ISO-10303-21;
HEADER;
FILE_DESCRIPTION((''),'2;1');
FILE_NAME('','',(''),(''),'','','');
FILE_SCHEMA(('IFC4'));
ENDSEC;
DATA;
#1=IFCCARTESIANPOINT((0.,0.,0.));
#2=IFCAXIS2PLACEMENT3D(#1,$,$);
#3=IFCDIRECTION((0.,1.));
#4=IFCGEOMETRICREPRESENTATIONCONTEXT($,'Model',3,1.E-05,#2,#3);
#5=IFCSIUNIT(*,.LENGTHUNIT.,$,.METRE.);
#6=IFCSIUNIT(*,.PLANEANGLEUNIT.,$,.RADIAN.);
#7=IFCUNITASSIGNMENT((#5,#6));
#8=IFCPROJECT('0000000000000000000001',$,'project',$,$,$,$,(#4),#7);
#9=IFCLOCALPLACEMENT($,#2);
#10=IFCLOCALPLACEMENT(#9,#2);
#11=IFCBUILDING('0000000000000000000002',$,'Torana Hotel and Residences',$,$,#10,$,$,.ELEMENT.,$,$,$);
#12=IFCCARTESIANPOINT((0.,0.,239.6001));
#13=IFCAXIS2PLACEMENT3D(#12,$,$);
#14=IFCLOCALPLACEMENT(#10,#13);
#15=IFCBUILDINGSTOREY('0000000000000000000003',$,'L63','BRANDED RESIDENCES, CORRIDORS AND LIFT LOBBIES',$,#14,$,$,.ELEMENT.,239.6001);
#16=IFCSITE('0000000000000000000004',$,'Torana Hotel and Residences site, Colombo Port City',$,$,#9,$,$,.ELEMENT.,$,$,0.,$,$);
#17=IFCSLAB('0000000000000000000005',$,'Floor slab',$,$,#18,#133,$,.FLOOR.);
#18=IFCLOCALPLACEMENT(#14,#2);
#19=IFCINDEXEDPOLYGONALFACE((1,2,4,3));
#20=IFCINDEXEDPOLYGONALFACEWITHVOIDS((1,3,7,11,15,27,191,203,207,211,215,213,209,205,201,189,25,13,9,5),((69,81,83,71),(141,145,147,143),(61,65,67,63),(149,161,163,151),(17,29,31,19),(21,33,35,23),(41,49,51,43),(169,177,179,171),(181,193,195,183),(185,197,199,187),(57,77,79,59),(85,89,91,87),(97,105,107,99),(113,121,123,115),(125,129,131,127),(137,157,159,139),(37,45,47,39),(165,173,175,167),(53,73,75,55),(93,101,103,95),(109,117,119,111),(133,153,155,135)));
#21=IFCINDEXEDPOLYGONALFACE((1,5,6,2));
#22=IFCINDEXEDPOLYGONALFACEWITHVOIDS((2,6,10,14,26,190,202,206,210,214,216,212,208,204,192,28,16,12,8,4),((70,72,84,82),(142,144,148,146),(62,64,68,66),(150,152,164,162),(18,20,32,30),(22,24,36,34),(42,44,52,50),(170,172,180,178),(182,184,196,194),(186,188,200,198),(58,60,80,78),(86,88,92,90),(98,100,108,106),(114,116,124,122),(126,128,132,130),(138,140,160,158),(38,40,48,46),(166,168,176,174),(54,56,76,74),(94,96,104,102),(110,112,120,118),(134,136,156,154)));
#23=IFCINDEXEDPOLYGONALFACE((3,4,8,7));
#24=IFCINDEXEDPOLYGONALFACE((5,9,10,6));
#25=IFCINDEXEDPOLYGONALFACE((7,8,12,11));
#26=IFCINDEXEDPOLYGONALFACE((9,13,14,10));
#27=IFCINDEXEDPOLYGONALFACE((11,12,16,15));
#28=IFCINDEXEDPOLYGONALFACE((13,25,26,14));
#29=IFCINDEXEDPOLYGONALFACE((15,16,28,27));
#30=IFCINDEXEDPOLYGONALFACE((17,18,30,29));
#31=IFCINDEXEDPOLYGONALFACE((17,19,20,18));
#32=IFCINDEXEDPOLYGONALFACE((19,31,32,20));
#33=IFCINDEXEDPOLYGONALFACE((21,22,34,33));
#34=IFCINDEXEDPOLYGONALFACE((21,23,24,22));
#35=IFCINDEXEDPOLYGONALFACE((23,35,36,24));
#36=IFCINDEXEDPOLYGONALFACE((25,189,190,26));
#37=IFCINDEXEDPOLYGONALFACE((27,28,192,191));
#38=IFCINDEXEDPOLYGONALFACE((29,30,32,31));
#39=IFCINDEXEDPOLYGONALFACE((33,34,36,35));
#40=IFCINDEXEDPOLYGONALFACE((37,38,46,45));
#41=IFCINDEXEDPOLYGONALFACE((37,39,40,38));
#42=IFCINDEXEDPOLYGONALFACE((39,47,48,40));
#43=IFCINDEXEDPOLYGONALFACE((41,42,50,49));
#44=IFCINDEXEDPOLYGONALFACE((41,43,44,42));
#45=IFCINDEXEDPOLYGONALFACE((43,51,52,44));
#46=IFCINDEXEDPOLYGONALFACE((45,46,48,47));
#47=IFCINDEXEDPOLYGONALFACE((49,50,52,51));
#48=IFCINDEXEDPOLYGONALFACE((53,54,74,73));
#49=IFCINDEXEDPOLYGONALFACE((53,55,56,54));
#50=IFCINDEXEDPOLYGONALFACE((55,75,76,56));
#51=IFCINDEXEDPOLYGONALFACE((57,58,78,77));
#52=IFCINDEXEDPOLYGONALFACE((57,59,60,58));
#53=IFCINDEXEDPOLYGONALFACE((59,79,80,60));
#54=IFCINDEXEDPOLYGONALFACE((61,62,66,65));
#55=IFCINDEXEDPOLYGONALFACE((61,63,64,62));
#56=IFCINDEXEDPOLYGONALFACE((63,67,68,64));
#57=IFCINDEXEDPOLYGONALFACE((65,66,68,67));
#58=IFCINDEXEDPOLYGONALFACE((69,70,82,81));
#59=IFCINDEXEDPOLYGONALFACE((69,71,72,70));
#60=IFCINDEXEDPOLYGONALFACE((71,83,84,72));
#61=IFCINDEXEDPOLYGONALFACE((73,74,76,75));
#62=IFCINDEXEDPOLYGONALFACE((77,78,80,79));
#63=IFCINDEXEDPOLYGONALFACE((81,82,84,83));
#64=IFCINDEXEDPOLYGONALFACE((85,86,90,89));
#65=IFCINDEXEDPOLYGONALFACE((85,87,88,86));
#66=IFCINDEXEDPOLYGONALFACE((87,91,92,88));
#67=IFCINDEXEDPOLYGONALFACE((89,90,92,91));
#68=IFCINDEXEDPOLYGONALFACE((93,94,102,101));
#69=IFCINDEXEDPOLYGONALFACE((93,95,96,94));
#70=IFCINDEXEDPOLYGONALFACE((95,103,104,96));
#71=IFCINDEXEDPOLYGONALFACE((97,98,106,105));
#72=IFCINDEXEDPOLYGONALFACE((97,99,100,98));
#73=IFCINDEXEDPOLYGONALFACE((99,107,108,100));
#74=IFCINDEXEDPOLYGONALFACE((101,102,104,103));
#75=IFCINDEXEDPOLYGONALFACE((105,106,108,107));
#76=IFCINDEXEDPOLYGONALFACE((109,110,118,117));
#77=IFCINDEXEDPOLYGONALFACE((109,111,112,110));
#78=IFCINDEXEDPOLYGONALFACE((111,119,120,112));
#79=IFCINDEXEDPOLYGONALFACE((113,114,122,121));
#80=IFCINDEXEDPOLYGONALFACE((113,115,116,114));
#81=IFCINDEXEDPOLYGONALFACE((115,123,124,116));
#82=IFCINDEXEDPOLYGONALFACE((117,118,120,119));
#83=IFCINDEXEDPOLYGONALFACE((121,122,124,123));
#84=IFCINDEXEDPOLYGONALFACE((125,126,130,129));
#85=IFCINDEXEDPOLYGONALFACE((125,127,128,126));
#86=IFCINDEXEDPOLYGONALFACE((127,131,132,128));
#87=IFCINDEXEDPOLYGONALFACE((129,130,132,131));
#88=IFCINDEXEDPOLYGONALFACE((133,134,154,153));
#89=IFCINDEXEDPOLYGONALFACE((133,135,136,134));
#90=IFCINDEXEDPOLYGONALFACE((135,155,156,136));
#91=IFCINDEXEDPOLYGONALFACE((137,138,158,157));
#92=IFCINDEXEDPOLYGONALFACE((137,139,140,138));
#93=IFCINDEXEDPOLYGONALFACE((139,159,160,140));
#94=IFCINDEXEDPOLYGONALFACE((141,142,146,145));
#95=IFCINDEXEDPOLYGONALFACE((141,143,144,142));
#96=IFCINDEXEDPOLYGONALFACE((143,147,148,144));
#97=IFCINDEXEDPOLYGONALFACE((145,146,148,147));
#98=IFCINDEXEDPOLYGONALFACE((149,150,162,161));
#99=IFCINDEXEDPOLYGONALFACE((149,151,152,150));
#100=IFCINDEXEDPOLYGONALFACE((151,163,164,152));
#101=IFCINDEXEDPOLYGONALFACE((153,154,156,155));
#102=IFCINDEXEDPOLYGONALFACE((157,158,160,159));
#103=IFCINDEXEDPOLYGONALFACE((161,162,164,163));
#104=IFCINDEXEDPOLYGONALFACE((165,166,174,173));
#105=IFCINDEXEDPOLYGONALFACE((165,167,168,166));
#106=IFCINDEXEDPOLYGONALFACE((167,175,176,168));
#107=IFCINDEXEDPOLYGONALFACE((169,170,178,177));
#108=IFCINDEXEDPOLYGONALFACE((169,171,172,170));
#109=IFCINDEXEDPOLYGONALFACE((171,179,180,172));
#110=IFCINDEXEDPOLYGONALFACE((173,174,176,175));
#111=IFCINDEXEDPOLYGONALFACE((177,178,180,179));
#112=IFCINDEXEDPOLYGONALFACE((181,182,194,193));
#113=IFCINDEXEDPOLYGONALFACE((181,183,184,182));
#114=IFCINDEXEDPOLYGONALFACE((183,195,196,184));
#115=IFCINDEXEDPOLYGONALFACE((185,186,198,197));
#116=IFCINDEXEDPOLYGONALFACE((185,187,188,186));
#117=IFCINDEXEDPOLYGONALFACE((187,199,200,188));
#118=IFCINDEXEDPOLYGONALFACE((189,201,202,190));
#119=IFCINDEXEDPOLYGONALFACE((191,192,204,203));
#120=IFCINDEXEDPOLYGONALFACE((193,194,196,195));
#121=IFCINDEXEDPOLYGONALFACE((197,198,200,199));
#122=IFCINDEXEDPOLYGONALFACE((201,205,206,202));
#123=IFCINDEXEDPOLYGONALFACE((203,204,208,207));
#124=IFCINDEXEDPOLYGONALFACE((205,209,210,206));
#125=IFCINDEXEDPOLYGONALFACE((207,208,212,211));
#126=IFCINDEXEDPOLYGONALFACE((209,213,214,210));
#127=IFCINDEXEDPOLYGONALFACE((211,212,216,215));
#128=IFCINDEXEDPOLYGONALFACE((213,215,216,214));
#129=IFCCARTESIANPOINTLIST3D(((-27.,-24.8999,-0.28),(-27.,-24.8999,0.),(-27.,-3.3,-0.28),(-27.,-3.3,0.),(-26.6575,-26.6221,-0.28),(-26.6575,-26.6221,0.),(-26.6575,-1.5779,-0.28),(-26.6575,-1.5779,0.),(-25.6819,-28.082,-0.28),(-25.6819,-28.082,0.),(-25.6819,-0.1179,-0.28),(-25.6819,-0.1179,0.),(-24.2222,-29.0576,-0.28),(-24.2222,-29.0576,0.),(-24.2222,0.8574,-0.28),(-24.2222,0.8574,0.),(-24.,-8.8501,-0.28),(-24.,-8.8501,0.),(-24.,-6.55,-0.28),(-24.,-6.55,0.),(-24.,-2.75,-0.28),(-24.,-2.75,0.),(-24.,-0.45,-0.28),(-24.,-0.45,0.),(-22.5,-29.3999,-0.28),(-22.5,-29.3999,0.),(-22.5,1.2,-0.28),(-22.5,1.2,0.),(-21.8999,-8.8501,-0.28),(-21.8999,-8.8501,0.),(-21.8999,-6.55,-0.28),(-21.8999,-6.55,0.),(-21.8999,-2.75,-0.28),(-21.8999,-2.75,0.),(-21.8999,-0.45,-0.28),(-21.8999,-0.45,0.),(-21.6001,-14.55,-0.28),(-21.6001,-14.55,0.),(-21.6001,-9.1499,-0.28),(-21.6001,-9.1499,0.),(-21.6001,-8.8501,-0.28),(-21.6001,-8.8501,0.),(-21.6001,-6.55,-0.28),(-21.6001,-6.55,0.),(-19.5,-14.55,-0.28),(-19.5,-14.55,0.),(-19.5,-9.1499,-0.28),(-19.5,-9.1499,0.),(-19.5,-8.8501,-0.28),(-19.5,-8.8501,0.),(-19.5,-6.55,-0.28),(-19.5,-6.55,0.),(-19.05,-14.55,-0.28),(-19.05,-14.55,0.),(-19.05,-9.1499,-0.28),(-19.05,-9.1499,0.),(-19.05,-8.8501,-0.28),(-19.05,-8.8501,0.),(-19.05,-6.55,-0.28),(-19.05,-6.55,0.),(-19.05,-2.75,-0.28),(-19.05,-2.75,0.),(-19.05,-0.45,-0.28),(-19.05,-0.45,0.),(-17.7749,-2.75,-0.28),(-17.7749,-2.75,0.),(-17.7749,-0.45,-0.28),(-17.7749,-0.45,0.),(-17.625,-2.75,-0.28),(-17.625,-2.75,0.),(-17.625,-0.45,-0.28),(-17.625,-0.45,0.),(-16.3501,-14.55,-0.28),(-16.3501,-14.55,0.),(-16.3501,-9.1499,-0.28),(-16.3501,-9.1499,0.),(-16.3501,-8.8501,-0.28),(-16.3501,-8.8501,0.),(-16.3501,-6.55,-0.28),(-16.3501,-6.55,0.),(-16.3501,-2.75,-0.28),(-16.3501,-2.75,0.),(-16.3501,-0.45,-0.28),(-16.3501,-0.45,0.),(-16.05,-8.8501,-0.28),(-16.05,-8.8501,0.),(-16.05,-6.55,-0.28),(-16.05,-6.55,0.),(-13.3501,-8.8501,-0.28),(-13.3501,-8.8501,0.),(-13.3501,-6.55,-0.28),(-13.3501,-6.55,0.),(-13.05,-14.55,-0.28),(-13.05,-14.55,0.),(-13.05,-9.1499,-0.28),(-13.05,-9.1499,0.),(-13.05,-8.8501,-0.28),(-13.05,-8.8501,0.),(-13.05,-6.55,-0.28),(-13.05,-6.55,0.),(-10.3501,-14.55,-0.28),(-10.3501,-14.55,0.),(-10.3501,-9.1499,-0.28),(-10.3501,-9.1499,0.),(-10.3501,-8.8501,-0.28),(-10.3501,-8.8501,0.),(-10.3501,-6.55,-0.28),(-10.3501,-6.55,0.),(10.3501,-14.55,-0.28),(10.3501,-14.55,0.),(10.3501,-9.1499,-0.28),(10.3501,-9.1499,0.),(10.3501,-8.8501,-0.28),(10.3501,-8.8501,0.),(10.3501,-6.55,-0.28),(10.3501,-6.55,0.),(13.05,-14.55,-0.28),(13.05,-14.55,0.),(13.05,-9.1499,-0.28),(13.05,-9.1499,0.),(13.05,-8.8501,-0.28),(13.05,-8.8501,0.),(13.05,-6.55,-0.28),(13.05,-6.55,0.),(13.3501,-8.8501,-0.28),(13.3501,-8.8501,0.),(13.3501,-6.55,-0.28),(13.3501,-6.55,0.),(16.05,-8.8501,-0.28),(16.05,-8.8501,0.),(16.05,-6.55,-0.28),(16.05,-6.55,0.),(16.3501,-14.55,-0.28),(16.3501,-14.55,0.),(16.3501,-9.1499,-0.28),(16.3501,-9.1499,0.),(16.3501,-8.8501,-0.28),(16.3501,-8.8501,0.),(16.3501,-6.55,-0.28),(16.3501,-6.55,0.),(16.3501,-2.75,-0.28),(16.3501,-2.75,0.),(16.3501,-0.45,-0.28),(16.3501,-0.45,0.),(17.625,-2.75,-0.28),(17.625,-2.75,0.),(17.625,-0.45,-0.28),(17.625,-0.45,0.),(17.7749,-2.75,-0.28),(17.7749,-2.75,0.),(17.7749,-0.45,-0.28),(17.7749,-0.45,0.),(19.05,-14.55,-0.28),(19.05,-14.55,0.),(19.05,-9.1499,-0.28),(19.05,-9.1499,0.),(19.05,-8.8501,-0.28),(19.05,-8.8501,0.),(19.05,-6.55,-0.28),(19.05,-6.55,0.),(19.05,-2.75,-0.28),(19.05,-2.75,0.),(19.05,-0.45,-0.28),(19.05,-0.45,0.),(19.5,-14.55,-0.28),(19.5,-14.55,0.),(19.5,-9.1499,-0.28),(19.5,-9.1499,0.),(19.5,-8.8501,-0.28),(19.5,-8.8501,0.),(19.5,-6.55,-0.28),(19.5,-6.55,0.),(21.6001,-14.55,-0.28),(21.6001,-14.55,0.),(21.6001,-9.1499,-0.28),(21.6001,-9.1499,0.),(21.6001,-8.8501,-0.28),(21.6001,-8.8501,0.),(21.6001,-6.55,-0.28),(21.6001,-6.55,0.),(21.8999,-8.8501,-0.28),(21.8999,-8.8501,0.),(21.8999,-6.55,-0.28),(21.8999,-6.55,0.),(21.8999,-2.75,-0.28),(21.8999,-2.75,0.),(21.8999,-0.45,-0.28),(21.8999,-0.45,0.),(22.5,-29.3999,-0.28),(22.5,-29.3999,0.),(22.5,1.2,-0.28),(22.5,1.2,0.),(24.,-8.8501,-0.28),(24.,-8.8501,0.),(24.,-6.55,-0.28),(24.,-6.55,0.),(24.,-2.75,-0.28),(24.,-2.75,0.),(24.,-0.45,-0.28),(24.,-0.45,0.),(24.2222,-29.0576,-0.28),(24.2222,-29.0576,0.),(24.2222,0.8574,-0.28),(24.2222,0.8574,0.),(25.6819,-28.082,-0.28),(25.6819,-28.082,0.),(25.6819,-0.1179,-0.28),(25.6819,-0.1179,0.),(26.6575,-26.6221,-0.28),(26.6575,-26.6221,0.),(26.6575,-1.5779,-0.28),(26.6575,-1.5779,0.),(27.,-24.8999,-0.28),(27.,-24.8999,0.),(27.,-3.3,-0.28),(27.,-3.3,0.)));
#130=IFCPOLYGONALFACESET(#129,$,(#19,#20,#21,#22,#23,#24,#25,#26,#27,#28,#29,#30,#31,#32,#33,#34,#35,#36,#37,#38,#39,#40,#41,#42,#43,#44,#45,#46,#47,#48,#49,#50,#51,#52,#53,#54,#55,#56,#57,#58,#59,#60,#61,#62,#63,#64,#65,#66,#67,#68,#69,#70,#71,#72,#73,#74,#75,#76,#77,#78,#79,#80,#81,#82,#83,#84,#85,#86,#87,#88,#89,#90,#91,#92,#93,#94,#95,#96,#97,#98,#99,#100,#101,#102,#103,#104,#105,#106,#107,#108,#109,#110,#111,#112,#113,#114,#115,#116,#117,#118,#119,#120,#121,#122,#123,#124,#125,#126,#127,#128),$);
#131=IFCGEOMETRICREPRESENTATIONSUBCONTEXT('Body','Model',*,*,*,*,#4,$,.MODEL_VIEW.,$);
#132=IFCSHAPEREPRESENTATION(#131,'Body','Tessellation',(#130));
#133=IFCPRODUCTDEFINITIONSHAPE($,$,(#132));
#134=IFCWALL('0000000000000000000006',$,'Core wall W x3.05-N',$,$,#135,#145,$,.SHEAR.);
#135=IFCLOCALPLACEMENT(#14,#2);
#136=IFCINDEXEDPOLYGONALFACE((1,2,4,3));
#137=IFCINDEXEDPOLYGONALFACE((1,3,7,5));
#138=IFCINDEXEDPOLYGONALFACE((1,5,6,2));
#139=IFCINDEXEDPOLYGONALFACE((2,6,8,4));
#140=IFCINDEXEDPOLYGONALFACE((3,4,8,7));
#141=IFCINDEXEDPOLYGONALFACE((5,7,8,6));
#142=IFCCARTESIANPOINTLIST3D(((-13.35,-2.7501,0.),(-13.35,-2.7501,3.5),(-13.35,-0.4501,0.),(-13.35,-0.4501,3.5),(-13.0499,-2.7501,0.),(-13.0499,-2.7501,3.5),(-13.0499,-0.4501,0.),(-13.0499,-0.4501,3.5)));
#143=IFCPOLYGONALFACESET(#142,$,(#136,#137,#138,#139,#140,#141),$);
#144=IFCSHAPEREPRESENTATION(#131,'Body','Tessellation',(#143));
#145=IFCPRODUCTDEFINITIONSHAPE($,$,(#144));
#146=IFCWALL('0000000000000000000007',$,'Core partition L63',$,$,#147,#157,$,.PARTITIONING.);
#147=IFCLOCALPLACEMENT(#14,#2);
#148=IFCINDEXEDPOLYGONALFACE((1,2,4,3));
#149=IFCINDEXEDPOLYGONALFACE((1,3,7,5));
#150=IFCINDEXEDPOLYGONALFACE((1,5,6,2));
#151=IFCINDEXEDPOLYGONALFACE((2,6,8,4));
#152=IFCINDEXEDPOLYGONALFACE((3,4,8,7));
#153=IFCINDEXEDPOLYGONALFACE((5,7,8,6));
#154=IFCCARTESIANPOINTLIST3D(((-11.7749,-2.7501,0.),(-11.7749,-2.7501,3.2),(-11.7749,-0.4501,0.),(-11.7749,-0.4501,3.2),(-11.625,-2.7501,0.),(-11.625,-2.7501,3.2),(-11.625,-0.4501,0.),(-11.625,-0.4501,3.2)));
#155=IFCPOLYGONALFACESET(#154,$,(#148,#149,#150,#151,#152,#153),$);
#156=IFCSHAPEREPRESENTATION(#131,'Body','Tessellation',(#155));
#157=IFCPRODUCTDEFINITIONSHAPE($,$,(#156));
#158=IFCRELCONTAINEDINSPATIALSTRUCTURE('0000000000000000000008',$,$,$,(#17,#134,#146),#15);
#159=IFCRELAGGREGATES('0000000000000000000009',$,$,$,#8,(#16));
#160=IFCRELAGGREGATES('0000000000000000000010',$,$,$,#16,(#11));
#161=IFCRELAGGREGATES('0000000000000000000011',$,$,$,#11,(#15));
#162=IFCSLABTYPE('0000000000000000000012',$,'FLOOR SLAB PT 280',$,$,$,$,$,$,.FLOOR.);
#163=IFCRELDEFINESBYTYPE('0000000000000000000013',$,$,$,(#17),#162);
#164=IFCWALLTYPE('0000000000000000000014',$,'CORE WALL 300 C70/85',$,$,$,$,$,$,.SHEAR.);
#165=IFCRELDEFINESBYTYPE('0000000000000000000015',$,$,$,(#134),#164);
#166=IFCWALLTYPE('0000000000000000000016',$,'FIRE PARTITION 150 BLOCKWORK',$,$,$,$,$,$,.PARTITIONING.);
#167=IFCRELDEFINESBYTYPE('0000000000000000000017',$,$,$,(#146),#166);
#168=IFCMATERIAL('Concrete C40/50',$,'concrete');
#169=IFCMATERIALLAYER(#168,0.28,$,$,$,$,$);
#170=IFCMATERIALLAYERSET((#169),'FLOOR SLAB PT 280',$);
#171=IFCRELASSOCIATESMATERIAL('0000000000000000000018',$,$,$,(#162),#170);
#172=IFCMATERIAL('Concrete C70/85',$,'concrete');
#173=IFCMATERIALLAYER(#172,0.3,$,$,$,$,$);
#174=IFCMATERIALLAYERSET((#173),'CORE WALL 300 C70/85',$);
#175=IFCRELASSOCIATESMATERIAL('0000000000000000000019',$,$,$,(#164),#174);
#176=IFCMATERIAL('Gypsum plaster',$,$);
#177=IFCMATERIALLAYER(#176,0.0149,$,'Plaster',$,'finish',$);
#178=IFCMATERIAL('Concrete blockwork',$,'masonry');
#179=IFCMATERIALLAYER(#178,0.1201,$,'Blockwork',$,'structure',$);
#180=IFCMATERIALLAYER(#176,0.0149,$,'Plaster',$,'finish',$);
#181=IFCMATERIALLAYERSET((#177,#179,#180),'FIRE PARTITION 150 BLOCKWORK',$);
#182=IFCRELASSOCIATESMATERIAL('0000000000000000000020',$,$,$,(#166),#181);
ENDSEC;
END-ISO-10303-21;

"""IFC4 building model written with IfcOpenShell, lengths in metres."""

from ifc_helpers import new_model, si_unit, direction, frame, frame_2d, origin, place, context, subcontext, project, spatial, polyline, rectangle, outline, extrude, material, layer, layer_set, type_object, element, save


model = new_model("IFC4")

# Units and contexts
model_context = context("Model", 3, precision=1e-05, world=origin(), true_north=direction((0.0, 1.0)))
body_context = subcontext(model_context, "Body", "Model", "MODEL_VIEW")
ifc_project = project(units=[si_unit("LENGTHUNIT", "METRE"), si_unit("PLANEANGLEUNIT", "RADIAN")], contexts=[model_context])

# Site, building, storey
site_placement = place(None, origin())
site = spatial("IfcSite", under=ifc_project, at=site_placement, Name="Torana Hotel and Residences site, Colombo Port City", CompositionType="ELEMENT", RefElevation=0.0)
building_placement = place(site_placement, origin())
building = spatial("IfcBuilding", under=site, at=building_placement, Name="Torana Hotel and Residences", CompositionType="ELEMENT")
storey_placement = place(building_placement, frame((0.0, 0.0, 239.6001)))
storey = spatial("IfcBuildingStorey", under=building, at=storey_placement, Name="L63", Description="BRANDED RESIDENCES, CORRIDORS AND LIFT LOBBIES", CompositionType="ELEMENT", Elevation=239.6001)

# Slab
ifc_material_1 = material(Name="Concrete C40/50", Category="concrete")
ifc_layer_1 = layer(ifc_material_1, 0.28)
ifc_layer_set_1 = layer_set([ifc_layer_1], Name="FLOOR SLAB PT 280")
slab_type_1 = type_object("IfcSlabType", Name="FLOOR SLAB PT 280", PredefinedType="FLOOR", material=ifc_layer_set_1)
slab_1_placement = place(storey_placement, frame((0.0, 0.0, -0.28)))
element("IfcSlab", 1, at=slab_1_placement, inside=storey, type_object=slab_type_1, Name="Floor slab", PredefinedType="FLOOR", context=body_context, shape_type="SweptSolid", body=[
    extrude(outline(polyline([(27.0, -3.3), (26.6575, -1.5779), (25.6819, -0.1179), (24.2222, 0.8574), (22.5, 1.2), (-22.5, 1.2), (-24.2222, 0.8574), (-25.6819, -0.1179), (-26.6575, -1.5779), (-27.0, -3.3), (-27.0, -24.8999), (-26.6575, -26.6221), (-25.6819, -28.082), (-24.2222, -29.0576), (-22.5, -29.3999), (22.5, -29.3999), (24.2222, -29.0576), (25.6819, -28.082), (26.6575, -26.6221), (27.0, -24.8999), (27.0, -3.3)]), holes=[polyline([(-13.05, -14.55), (-10.3501, -14.55), (-10.3501, -9.1499), (-13.05, -9.1499), (-13.05, -14.55)]), polyline([(-19.05, -14.55), (-16.3501, -14.55), (-16.3501, -9.1499), (-19.05, -9.1499), (-19.05, -14.55)]), polyline([(-17.625, -2.75), (-16.3501, -2.75), (-16.3501, -0.45), (-17.625, -0.45), (-17.625, -2.75)]), polyline([(-19.05, -2.75), (-17.7749, -2.75), (-17.7749, -0.45), (-19.05, -0.45), (-19.05, -2.75)]), polyline([(-21.6001, -8.8501), (-19.5, -8.8501), (-19.5, -6.55), (-21.6001, -6.55), (-21.6001, -8.8501)]), polyline([(-24.0, -2.75), (-21.8999, -2.75), (-21.8999, -0.45), (-24.0, -0.45), (-24.0, -2.75)]), polyline([(-24.0, -8.8501), (-21.8999, -8.8501), (-21.8999, -6.55), (-24.0, -6.55), (-24.0, -8.8501)]), polyline([(-13.05, -8.8501), (-10.3501, -8.8501), (-10.3501, -6.55), (-13.05, -6.55), (-13.05, -8.8501)]), polyline([(-16.05, -8.8501), (-13.3501, -8.8501), (-13.3501, -6.55), (-16.05, -6.55), (-16.05, -8.8501)]), polyline([(-19.05, -8.8501), (-16.3501, -8.8501), (-16.3501, -6.55), (-19.05, -6.55), (-19.05, -8.8501)]), polyline([(-21.6001, -14.55), (-19.5, -14.55), (-19.5, -9.1499), (-21.6001, -9.1499), (-21.6001, -14.55)]), polyline([(10.3501, -14.55), (13.05, -14.55), (13.05, -9.1499), (10.3501, -9.1499), (10.3501, -14.55)]), polyline([(16.3501, -14.55), (19.05, -14.55), (19.05, -9.1499), (16.3501, -9.1499), (16.3501, -14.55)]), polyline([(16.3501, -2.75), (17.625, -2.75), (17.625, -0.45), (16.3501, -0.45), (16.3501, -2.75)]), polyline([(17.7749, -2.75), (19.05, -2.75), (19.05, -0.45), (17.7749, -0.45), (17.7749, -2.75)]), polyline([(19.5, -8.8501), (21.6001, -8.8501), (21.6001, -6.55), (19.5, -6.55), (19.5, -8.8501)]), polyline([(21.8999, -2.75), (24.0, -2.75), (24.0, -0.45), (21.8999, -0.45), (21.8999, -2.75)]), polyline([(21.8999, -8.8501), (24.0, -8.8501), (24.0, -6.55), (21.8999, -6.55), (21.8999, -8.8501)]), polyline([(10.3501, -8.8501), (13.05, -8.8501), (13.05, -6.55), (10.3501, -6.55), (10.3501, -8.8501)]), polyline([(13.3501, -8.8501), (16.05, -8.8501), (16.05, -6.55), (13.3501, -6.55), (13.3501, -8.8501)]), polyline([(16.3501, -8.8501), (19.05, -8.8501), (19.05, -6.55), (16.3501, -6.55), (16.3501, -8.8501)]), polyline([(19.5, -14.55), (21.6001, -14.55), (21.6001, -9.1499), (19.5, -9.1499), (19.5, -14.55)])]), origin(), (0.0, 0.0, 1.0), 0.28),
])

# Walls
ifc_material_2 = material(Name="Concrete C70/85", Category="concrete")
ifc_layer_2 = layer(ifc_material_2, 0.3)
ifc_layer_set_2 = layer_set([ifc_layer_2], Name="CORE WALL 300 C70/85")
wall_type_1 = type_object("IfcWallType", Name="CORE WALL 300 C70/85", PredefinedType="SHEAR", material=ifc_layer_set_2)
wall_1_placement = place(storey_placement, frame((-13.2, -2.75, 0.0), z_axis=(0.0, 0.0, 1.0), x_axis=(0.0, 1.0, 0.0)))
element("IfcWall", 2, at=wall_1_placement, inside=storey, type_object=wall_type_1, Name="Core wall W x3.05-N", PredefinedType="SHEAR", context=body_context, shape_type="SweptSolid", body=[
    extrude(rectangle(XDim=2.3, YDim=0.3, at=frame_2d((1.1499, 0.0))), origin(), (0.0, 0.0, 1.0), 3.5),
])
ifc_material_3 = material(Name="Gypsum plaster")
ifc_layer_3 = layer(ifc_material_3, 0.0149, Name="Plaster", Category="finish")
ifc_material_4 = material(Name="Concrete blockwork", Category="masonry")
ifc_layer_4 = layer(ifc_material_4, 0.1201, Name="Blockwork", Category="structure")
ifc_layer_5 = layer(ifc_material_3, 0.0149, Name="Plaster", Category="finish")
ifc_layer_set_3 = layer_set([ifc_layer_3, ifc_layer_4, ifc_layer_5], Name="FIRE PARTITION 150 BLOCKWORK")
wall_type_2 = type_object("IfcWallType", Name="FIRE PARTITION 150 BLOCKWORK", PredefinedType="PARTITIONING", material=ifc_layer_set_3)
wall_2_placement = place(storey_placement, frame((-11.7, -2.75, 0.0), z_axis=(0.0, 0.0, 1.0), x_axis=(0.0, 1.0, 0.0)))
element("IfcWall", 3, at=wall_2_placement, inside=storey, type_object=wall_type_2, Name="Core partition L63", PredefinedType="PARTITIONING", context=body_context, shape_type="SweptSolid", body=[
    extrude(rectangle(XDim=2.3, YDim=0.1499, at=frame_2d((1.1499, 0.0))), origin(), (0.0, 0.0, 1.0), 3.2),
])

save(model, "model.ifc")
